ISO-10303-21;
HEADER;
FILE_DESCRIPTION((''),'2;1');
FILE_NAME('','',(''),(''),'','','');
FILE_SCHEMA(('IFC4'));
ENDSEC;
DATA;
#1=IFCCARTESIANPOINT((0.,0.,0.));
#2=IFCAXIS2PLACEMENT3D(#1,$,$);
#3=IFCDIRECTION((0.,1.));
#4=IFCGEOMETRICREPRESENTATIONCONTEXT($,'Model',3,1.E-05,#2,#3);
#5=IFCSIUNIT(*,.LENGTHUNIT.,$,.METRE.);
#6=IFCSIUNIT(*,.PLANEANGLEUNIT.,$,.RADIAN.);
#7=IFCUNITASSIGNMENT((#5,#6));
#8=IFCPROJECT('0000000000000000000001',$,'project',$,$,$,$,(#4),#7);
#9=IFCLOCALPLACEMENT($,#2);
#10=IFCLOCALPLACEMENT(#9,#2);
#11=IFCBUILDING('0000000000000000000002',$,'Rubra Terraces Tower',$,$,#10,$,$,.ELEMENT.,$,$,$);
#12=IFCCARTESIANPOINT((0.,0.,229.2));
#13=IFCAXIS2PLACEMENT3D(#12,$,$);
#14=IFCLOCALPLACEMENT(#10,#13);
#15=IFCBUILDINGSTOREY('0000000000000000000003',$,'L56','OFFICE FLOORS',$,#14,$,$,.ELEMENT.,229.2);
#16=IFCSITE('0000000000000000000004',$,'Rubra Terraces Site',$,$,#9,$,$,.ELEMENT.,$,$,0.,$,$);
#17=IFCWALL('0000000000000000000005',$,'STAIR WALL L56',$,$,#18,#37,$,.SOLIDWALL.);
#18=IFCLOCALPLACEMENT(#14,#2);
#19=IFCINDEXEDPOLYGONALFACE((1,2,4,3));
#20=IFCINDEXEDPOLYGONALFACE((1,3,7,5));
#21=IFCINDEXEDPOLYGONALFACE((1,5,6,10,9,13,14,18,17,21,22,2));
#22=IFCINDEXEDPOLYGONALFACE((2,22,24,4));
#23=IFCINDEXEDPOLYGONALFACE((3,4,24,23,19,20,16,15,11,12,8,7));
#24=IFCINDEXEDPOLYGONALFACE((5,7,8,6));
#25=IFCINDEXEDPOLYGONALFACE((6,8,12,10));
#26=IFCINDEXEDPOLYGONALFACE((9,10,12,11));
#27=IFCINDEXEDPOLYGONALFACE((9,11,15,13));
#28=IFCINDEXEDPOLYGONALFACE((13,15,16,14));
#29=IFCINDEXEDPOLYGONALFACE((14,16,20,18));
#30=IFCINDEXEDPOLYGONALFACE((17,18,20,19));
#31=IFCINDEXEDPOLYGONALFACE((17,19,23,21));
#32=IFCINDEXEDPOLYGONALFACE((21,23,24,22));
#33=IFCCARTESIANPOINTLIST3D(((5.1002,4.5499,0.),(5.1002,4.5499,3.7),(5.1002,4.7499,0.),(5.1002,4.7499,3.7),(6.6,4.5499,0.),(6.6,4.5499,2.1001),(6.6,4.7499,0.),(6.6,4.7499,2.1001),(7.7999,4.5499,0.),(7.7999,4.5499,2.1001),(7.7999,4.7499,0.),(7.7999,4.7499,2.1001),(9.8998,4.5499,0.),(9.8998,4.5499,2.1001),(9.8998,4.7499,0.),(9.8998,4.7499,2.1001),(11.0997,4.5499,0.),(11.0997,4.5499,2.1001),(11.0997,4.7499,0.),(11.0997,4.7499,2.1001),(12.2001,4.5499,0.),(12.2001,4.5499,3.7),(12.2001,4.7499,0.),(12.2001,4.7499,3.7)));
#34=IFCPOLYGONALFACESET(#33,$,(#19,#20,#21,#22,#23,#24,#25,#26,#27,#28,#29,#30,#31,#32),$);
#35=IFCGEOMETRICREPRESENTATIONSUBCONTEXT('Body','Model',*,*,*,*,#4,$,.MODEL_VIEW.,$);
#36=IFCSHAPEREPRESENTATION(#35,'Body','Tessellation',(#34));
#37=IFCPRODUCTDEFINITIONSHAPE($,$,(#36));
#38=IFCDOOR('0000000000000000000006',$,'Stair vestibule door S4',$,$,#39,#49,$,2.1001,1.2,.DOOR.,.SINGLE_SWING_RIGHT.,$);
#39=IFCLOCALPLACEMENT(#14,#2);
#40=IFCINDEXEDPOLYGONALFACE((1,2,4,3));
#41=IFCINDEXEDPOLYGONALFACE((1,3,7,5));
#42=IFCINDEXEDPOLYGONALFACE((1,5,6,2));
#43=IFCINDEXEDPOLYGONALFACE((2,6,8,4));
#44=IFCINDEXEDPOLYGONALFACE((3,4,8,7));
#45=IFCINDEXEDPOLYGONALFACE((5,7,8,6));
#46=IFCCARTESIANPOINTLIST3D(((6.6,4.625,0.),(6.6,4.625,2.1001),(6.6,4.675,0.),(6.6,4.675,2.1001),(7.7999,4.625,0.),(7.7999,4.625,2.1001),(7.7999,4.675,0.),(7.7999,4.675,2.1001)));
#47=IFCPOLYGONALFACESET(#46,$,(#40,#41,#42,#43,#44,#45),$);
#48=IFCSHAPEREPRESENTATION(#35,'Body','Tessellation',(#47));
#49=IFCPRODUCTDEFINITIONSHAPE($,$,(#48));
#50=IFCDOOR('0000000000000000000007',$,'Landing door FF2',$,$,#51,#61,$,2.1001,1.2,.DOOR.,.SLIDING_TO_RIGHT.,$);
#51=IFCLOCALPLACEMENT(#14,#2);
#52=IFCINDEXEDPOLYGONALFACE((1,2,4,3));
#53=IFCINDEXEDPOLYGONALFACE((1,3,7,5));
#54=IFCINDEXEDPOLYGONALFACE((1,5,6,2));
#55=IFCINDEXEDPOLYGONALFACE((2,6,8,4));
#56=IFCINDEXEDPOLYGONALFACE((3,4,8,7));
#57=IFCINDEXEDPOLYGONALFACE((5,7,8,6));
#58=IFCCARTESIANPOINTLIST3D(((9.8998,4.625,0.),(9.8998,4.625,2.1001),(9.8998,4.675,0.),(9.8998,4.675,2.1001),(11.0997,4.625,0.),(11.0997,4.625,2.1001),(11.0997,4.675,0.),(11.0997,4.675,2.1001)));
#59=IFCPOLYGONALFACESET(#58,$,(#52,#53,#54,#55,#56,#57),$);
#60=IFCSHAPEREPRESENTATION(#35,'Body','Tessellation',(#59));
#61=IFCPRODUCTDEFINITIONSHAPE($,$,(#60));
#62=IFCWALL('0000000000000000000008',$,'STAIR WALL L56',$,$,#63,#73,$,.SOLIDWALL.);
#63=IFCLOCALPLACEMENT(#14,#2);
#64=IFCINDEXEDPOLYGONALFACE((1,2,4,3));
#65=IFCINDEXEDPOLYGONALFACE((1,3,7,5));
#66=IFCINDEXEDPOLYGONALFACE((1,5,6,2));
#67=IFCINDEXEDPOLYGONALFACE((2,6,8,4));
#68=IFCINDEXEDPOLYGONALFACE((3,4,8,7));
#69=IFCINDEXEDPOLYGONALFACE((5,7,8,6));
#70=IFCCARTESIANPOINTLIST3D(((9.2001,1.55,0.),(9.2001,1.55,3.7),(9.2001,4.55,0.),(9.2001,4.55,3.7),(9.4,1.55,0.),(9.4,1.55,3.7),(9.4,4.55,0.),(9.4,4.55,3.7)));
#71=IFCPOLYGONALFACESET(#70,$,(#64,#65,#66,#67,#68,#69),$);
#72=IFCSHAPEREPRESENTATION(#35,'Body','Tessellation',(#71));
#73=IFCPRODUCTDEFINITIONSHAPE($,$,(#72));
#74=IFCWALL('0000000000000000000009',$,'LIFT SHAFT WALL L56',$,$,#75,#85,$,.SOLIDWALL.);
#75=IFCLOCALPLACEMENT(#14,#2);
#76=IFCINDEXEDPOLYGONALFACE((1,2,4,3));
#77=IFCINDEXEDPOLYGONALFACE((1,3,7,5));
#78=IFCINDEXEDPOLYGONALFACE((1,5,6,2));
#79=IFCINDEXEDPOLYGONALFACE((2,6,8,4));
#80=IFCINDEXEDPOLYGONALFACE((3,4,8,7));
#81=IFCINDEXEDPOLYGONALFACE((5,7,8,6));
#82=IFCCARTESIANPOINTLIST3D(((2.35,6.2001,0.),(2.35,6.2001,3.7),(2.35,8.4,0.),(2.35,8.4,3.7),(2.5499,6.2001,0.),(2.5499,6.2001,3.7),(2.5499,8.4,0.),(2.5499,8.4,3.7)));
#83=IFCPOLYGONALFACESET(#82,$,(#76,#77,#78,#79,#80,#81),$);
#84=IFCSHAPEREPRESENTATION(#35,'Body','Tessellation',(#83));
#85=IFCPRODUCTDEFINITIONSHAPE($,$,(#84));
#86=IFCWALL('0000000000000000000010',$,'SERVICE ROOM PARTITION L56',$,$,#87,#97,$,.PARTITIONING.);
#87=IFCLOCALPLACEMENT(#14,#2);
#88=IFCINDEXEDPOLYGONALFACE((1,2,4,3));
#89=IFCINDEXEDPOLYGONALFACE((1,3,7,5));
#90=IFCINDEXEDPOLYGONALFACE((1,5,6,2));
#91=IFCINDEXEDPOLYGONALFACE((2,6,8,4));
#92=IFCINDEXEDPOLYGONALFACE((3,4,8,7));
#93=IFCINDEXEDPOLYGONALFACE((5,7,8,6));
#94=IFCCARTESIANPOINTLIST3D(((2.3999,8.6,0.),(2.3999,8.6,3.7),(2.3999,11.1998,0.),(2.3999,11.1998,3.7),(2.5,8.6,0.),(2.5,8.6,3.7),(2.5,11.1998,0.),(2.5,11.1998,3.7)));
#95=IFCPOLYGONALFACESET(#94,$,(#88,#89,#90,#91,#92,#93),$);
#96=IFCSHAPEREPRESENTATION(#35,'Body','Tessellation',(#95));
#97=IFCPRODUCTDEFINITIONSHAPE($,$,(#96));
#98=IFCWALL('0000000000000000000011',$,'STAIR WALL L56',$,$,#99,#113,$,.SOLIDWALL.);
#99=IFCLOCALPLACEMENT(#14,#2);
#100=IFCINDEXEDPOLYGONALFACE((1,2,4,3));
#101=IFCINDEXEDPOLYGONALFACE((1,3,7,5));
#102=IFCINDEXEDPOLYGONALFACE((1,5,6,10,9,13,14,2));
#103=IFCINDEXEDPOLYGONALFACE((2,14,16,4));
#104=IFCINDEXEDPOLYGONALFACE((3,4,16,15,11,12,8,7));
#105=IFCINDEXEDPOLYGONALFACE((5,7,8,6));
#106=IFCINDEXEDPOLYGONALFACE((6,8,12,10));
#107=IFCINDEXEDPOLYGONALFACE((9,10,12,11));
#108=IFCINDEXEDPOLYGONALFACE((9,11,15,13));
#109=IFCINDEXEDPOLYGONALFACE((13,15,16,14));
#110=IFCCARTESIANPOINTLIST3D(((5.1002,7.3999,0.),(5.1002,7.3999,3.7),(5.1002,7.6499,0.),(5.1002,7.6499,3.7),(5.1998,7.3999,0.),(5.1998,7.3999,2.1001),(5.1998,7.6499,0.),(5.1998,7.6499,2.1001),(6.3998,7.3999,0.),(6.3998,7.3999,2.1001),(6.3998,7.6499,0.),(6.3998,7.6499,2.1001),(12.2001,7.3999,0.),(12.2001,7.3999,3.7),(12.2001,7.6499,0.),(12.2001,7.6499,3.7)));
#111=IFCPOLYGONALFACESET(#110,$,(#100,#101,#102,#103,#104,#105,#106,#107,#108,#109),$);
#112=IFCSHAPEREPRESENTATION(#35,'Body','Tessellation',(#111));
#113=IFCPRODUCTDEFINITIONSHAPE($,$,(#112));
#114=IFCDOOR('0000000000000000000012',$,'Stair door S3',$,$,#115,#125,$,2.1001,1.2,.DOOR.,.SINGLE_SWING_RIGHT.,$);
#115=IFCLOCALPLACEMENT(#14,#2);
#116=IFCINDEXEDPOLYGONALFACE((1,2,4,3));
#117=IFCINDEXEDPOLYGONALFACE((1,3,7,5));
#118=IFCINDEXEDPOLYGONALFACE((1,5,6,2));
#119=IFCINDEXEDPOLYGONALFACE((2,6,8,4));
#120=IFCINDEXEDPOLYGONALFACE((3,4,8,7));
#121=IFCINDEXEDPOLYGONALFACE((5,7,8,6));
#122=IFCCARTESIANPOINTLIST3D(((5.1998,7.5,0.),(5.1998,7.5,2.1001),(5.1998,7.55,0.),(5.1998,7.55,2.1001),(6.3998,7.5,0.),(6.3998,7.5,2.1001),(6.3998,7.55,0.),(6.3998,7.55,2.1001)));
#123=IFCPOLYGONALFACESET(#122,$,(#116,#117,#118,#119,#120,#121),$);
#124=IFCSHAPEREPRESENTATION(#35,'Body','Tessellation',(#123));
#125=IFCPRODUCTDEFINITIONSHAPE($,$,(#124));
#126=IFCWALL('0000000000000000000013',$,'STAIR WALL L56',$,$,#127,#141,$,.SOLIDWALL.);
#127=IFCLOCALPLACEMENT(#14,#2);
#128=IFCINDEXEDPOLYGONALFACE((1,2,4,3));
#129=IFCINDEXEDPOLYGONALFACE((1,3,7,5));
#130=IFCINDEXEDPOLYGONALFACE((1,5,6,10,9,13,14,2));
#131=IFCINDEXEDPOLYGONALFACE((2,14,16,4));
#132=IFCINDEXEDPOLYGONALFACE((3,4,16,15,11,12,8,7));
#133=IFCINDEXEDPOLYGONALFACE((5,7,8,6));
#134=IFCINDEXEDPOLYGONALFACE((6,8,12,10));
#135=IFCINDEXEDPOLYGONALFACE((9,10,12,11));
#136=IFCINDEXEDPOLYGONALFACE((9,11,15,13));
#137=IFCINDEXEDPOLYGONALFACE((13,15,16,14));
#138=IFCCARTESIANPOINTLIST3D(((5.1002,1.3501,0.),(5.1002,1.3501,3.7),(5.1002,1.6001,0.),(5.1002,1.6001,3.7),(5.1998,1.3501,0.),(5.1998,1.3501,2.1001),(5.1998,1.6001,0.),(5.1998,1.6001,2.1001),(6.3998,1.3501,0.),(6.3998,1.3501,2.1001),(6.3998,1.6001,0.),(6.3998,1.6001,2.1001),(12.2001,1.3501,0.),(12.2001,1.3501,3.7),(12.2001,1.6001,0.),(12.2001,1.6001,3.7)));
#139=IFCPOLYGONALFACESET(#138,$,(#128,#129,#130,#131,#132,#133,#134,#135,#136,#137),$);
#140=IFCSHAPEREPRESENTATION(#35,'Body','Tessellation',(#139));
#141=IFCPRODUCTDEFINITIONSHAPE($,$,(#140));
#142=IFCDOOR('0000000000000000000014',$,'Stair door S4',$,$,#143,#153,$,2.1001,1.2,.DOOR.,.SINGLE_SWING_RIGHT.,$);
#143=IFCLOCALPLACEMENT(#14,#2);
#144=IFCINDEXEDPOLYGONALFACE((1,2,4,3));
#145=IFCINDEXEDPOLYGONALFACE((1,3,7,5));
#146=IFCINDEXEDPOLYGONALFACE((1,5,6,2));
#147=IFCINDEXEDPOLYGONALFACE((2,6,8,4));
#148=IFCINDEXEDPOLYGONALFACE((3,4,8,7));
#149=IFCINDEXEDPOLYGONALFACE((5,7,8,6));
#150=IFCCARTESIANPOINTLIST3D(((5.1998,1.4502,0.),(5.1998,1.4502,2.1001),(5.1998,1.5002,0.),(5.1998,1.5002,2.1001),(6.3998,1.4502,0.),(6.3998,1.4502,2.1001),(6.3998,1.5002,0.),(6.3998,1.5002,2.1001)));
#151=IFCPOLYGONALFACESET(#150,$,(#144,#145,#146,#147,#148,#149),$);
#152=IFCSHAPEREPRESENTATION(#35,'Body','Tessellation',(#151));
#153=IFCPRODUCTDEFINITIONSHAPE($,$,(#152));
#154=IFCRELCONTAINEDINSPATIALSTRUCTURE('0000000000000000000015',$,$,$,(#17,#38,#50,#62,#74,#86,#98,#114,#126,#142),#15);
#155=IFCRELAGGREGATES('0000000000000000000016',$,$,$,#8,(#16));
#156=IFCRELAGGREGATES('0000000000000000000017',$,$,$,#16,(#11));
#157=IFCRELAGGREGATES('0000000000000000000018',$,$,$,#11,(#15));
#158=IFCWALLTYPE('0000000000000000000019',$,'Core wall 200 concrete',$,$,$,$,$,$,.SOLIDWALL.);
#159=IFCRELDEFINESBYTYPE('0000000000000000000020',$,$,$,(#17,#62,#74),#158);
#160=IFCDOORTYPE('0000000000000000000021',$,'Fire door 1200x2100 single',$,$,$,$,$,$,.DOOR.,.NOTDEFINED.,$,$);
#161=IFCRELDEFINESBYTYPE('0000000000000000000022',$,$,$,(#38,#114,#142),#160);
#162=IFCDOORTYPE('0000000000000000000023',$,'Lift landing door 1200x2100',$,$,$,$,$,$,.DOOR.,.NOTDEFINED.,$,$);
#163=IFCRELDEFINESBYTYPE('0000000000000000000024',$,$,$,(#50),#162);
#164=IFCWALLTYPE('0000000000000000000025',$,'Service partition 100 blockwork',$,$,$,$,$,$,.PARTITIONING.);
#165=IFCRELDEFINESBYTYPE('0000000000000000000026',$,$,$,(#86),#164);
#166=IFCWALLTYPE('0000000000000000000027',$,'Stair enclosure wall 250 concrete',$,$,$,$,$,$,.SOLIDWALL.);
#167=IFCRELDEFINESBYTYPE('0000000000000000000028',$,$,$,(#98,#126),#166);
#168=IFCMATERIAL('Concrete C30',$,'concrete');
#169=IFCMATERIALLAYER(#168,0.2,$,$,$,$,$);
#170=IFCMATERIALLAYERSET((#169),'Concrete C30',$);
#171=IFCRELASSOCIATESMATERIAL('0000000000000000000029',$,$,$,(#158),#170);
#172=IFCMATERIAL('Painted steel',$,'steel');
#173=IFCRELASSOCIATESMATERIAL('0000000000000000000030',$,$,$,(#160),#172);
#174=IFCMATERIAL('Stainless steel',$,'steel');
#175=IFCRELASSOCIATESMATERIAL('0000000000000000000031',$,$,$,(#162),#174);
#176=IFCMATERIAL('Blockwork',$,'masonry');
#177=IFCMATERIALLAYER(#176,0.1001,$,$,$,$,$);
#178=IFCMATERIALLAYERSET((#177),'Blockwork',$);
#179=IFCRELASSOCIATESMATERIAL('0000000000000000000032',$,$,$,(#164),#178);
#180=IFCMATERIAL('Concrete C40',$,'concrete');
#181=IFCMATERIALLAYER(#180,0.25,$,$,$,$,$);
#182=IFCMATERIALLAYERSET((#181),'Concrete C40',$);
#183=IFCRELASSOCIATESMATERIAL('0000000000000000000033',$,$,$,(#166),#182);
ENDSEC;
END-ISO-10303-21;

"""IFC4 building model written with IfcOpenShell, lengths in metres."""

from ifc_helpers import new_model, si_unit, direction, frame, frame_2d, origin, place, context, subcontext, project, spatial, rectangle, extrude, material, layer, layer_set, type_object, element, fill, save


model = new_model("IFC4")

# Units and contexts
model_context = context("Model", 3, precision=1e-05, world=origin(), true_north=direction((0.0, 1.0)))
body_context = subcontext(model_context, "Body", "Model", "MODEL_VIEW")
ifc_project = project(units=[si_unit("LENGTHUNIT", "METRE"), si_unit("PLANEANGLEUNIT", "RADIAN")], contexts=[model_context])

# Site, building, storey
site_placement = place(None, origin())
site = spatial("IfcSite", under=ifc_project, at=site_placement, Name="Rubra Terraces Site", CompositionType="ELEMENT", RefElevation=0.0)
building_placement = place(site_placement, origin())
building = spatial("IfcBuilding", under=site, at=building_placement, Name="Rubra Terraces Tower", CompositionType="ELEMENT")
storey_placement = place(building_placement, frame((0.0, 0.0, 229.2)))
storey = spatial("IfcBuildingStorey", under=building, at=storey_placement, Name="L56", Description="OFFICE FLOORS", CompositionType="ELEMENT", Elevation=229.2)

# Shared definitions
ifc_material_1 = material(Name="Concrete C40", Category="concrete")

# Wall, openings, doors
ifc_material_2 = material(Name="Concrete C30", Category="concrete")
ifc_layer_1 = layer(ifc_material_2, 0.2)
ifc_layer_set_1 = layer_set([ifc_layer_1], Name="Concrete C30")
wall_type_1 = type_object("IfcWallType", Name="Core wall 200 concrete", PredefinedType="SOLIDWALL", material=ifc_layer_set_1)
wall_1_placement = place(storey_placement, frame((12.2, 4.6499, 0.0), z_axis=(0.0, 0.0, 1.0), x_axis=(-1.0, 0.0, 0.0)))
wall_1 = element("IfcWall", 1, at=wall_1_placement, inside=storey, type_object=wall_type_1, Name="STAIR WALL L56", PredefinedType="SOLIDWALL", context=body_context, shape_type="SweptSolid", body=[
    extrude(rectangle(XDim=7.0999, YDim=0.2, at=frame_2d((3.5498, 0.0))), origin(), (0.0, 0.0, 1.0), 3.7),
])
opening_1_placement = place(wall_1_placement, frame((4.3999, 0.0, 0.0)))
opening_1 = element("IfcOpeningElement", 2, at=opening_1_placement, cuts=wall_1, PredefinedType="OPENING", context=body_context, shape_type="SweptSolid", body=[
    extrude(rectangle(XDim=1.2, YDim=2.1001, at=frame_2d((0.6001, 1.05))), frame((0.0, 0.1099, 0.0), z_axis=(0.0, -1.0, 0.0), x_axis=(1.0, 0.0, 0.0)), (0.0, 0.0, 1.0), 0.22),
])
opening_2_placement = place(wall_1_placement, frame((1.1001, 0.0, 0.0)))
opening_2 = element("IfcOpeningElement", 3, at=opening_2_placement, cuts=wall_1, PredefinedType="OPENING", context=body_context, shape_type="SweptSolid", body=[
    extrude(rectangle(XDim=1.2, YDim=2.1001, at=frame_2d((0.6001, 1.05))), frame((0.0, 0.1099, 0.0), z_axis=(0.0, -1.0, 0.0), x_axis=(1.0, 0.0, 0.0)), (0.0, 0.0, 1.0), 0.22),
])
ifc_material_3 = material(Name="Painted steel", Category="steel")
door_type_1 = type_object("IfcDoorType", Name="Fire door 1200x2100 single", OperationType="NOTDEFINED", PredefinedType="DOOR", material=ifc_material_3)
door_1_placement = place(opening_1_placement, origin())
door_1 = element("IfcDoor", 4, at=door_1_placement, inside=storey, type_object=door_type_1, Name="Stair vestibule door S4", OperationType="SINGLE_SWING_RIGHT", OverallHeight=2.1001, OverallWidth=1.2, PredefinedType="DOOR", context=body_context, shape_type="SweptSolid", body=[
    extrude(rectangle(XDim=1.2, YDim=2.1001, at=frame_2d((0.6001, 1.05))), frame((0.0, 0.0249, 0.0), z_axis=(0.0, -1.0, 0.0), x_axis=(1.0, 0.0, 0.0)), (0.0, 0.0, 1.0), 0.05),
])
fill(opening_1, door_1)
ifc_material_4 = material(Name="Stainless steel", Category="steel")
door_type_2 = type_object("IfcDoorType", Name="Lift landing door 1200x2100", OperationType="NOTDEFINED", PredefinedType="DOOR", material=ifc_material_4)
door_2_placement = place(opening_2_placement, origin())
door_2 = element("IfcDoor", 5, at=door_2_placement, inside=storey, type_object=door_type_2, Name="Landing door FF2", OperationType="SLIDING_TO_RIGHT", OverallHeight=2.1001, OverallWidth=1.2, PredefinedType="DOOR", context=body_context, shape_type="SweptSolid", body=[
    extrude(rectangle(XDim=1.2, YDim=2.1001, at=frame_2d((0.6001, 1.05))), frame((0.0, 0.0249, 0.0), z_axis=(0.0, -1.0, 0.0), x_axis=(1.0, 0.0, 0.0)), (0.0, 0.0, 1.0), 0.05),
])
fill(opening_2, door_2)

# Walls
wall_2_placement = place(storey_placement, frame((9.3, 4.55, 0.0), z_axis=(0.0, 0.0, 1.0), x_axis=(0.0, -1.0, 0.0)))
element("IfcWall", 6, at=wall_2_placement, inside=storey, type_object=wall_type_1, Name="STAIR WALL L56", PredefinedType="SOLIDWALL", context=body_context, shape_type="SweptSolid", body=[
    extrude(rectangle(XDim=3.0, YDim=0.2, at=frame_2d((1.5, 0.0))), origin(), (0.0, 0.0, 1.0), 3.7),
])
wall_3_placement = place(storey_placement, frame((2.45, 6.2, 0.0), z_axis=(0.0, 0.0, 1.0), x_axis=(0.0, 1.0, 0.0)))
element("IfcWall", 7, at=wall_3_placement, inside=storey, type_object=wall_type_1, Name="LIFT SHAFT WALL L56", PredefinedType="SOLIDWALL", context=body_context, shape_type="SweptSolid", body=[
    extrude(rectangle(XDim=2.2, YDim=0.2, at=frame_2d((1.1001, 0.0))), origin(), (0.0, 0.0, 1.0), 3.7),
])
ifc_material_5 = material(Name="Blockwork", Category="masonry")
ifc_layer_2 = layer(ifc_material_5, 0.1001)
ifc_layer_set_2 = layer_set([ifc_layer_2], Name="Blockwork")
wall_type_2 = type_object("IfcWallType", Name="Service partition 100 blockwork", PredefinedType="PARTITIONING", material=ifc_layer_set_2)
wall_4_placement = place(storey_placement, frame((2.45, 8.6001, 0.0), z_axis=(0.0, 0.0, 1.0), x_axis=(0.0, 1.0, 0.0)))
element("IfcWall", 8, at=wall_4_placement, inside=storey, type_object=wall_type_2, Name="SERVICE ROOM PARTITION L56", PredefinedType="PARTITIONING", context=body_context, shape_type="SweptSolid", body=[
    extrude(rectangle(XDim=2.5999, YDim=0.1001, at=frame_2d((1.2998, 0.0))), origin(), (0.0, 0.0, 1.0), 3.7),
])

# Walls, openings, doors
ifc_layer_3 = layer(ifc_material_1, 0.25)
ifc_layer_set_3 = layer_set([ifc_layer_3], Name="Concrete C40")
wall_type_3 = type_object("IfcWallType", Name="Stair enclosure wall 250 concrete", PredefinedType="SOLIDWALL", material=ifc_layer_set_3)
wall_5_placement = place(storey_placement, frame((12.2, 7.5249, 0.0), z_axis=(0.0, 0.0, 1.0), x_axis=(-1.0, 0.0, 0.0)))
wall_5 = element("IfcWall", 9, at=wall_5_placement, inside=storey, type_object=wall_type_3, Name="STAIR WALL L56", PredefinedType="SOLIDWALL", context=body_context, shape_type="SweptSolid", body=[
    extrude(rectangle(XDim=7.0999, YDim=0.25, at=frame_2d((3.5498, 0.0))), origin(), (0.0, 0.0, 1.0), 3.7),
])
opening_3_placement = place(wall_5_placement, frame((5.8, 0.0, 0.0)))
opening_3 = element("IfcOpeningElement", 10, at=opening_3_placement, cuts=wall_5, PredefinedType="OPENING", context=body_context, shape_type="SweptSolid", body=[
    extrude(rectangle(XDim=1.2, YDim=2.1001, at=frame_2d((0.6001, 1.05))), frame((0.0, 0.135, 0.0), z_axis=(0.0, -1.0, 0.0), x_axis=(1.0, 0.0, 0.0)), (0.0, 0.0, 1.0), 0.27),
])
door_3_placement = place(opening_3_placement, origin())
door_3 = element("IfcDoor", 11, at=door_3_placement, inside=storey, type_object=door_type_1, Name="Stair door S3", OperationType="SINGLE_SWING_RIGHT", OverallHeight=2.1001, OverallWidth=1.2, PredefinedType="DOOR", context=body_context, shape_type="SweptSolid", body=[
    extrude(rectangle(XDim=1.2, YDim=2.1001, at=frame_2d((0.6001, 1.05))), frame((0.0, 0.0249, 0.0), z_axis=(0.0, -1.0, 0.0), x_axis=(1.0, 0.0, 0.0)), (0.0, 0.0, 1.0), 0.05),
])
fill(opening_3, door_3)
wall_6_placement = place(storey_placement, frame((12.2, 1.4751, 0.0), z_axis=(0.0, 0.0, 1.0), x_axis=(-1.0, 0.0, 0.0)))
wall_6 = element("IfcWall", 12, at=wall_6_placement, inside=storey, type_object=wall_type_3, Name="STAIR WALL L56", PredefinedType="SOLIDWALL", context=body_context, shape_type="SweptSolid", body=[
    extrude(rectangle(XDim=7.0999, YDim=0.25, at=frame_2d((3.5498, 0.0))), origin(), (0.0, 0.0, 1.0), 3.7),
])
opening_4_placement = place(wall_6_placement, frame((5.8, 0.0, 0.0)))
opening_4 = element("IfcOpeningElement", 13, at=opening_4_placement, cuts=wall_6, PredefinedType="OPENING", context=body_context, shape_type="SweptSolid", body=[
    extrude(rectangle(XDim=1.2, YDim=2.1001, at=frame_2d((0.6001, 1.05))), frame((0.0, 0.135, 0.0), z_axis=(0.0, -1.0, 0.0), x_axis=(1.0, 0.0, 0.0)), (0.0, 0.0, 1.0), 0.27),
])
door_4_placement = place(opening_4_placement, origin())
door_4 = element("IfcDoor", 14, at=door_4_placement, inside=storey, type_object=door_type_1, Name="Stair door S4", OperationType="SINGLE_SWING_RIGHT", OverallHeight=2.1001, OverallWidth=1.2, PredefinedType="DOOR", context=body_context, shape_type="SweptSolid", body=[
    extrude(rectangle(XDim=1.2, YDim=2.1001, at=frame_2d((0.6001, 1.05))), frame((0.0, 0.0249, 0.0), z_axis=(0.0, -1.0, 0.0), x_axis=(1.0, 0.0, 0.0)), (0.0, 0.0, 1.0), 0.05),
])
fill(opening_4, door_4)

save(model, "model.ifc")
